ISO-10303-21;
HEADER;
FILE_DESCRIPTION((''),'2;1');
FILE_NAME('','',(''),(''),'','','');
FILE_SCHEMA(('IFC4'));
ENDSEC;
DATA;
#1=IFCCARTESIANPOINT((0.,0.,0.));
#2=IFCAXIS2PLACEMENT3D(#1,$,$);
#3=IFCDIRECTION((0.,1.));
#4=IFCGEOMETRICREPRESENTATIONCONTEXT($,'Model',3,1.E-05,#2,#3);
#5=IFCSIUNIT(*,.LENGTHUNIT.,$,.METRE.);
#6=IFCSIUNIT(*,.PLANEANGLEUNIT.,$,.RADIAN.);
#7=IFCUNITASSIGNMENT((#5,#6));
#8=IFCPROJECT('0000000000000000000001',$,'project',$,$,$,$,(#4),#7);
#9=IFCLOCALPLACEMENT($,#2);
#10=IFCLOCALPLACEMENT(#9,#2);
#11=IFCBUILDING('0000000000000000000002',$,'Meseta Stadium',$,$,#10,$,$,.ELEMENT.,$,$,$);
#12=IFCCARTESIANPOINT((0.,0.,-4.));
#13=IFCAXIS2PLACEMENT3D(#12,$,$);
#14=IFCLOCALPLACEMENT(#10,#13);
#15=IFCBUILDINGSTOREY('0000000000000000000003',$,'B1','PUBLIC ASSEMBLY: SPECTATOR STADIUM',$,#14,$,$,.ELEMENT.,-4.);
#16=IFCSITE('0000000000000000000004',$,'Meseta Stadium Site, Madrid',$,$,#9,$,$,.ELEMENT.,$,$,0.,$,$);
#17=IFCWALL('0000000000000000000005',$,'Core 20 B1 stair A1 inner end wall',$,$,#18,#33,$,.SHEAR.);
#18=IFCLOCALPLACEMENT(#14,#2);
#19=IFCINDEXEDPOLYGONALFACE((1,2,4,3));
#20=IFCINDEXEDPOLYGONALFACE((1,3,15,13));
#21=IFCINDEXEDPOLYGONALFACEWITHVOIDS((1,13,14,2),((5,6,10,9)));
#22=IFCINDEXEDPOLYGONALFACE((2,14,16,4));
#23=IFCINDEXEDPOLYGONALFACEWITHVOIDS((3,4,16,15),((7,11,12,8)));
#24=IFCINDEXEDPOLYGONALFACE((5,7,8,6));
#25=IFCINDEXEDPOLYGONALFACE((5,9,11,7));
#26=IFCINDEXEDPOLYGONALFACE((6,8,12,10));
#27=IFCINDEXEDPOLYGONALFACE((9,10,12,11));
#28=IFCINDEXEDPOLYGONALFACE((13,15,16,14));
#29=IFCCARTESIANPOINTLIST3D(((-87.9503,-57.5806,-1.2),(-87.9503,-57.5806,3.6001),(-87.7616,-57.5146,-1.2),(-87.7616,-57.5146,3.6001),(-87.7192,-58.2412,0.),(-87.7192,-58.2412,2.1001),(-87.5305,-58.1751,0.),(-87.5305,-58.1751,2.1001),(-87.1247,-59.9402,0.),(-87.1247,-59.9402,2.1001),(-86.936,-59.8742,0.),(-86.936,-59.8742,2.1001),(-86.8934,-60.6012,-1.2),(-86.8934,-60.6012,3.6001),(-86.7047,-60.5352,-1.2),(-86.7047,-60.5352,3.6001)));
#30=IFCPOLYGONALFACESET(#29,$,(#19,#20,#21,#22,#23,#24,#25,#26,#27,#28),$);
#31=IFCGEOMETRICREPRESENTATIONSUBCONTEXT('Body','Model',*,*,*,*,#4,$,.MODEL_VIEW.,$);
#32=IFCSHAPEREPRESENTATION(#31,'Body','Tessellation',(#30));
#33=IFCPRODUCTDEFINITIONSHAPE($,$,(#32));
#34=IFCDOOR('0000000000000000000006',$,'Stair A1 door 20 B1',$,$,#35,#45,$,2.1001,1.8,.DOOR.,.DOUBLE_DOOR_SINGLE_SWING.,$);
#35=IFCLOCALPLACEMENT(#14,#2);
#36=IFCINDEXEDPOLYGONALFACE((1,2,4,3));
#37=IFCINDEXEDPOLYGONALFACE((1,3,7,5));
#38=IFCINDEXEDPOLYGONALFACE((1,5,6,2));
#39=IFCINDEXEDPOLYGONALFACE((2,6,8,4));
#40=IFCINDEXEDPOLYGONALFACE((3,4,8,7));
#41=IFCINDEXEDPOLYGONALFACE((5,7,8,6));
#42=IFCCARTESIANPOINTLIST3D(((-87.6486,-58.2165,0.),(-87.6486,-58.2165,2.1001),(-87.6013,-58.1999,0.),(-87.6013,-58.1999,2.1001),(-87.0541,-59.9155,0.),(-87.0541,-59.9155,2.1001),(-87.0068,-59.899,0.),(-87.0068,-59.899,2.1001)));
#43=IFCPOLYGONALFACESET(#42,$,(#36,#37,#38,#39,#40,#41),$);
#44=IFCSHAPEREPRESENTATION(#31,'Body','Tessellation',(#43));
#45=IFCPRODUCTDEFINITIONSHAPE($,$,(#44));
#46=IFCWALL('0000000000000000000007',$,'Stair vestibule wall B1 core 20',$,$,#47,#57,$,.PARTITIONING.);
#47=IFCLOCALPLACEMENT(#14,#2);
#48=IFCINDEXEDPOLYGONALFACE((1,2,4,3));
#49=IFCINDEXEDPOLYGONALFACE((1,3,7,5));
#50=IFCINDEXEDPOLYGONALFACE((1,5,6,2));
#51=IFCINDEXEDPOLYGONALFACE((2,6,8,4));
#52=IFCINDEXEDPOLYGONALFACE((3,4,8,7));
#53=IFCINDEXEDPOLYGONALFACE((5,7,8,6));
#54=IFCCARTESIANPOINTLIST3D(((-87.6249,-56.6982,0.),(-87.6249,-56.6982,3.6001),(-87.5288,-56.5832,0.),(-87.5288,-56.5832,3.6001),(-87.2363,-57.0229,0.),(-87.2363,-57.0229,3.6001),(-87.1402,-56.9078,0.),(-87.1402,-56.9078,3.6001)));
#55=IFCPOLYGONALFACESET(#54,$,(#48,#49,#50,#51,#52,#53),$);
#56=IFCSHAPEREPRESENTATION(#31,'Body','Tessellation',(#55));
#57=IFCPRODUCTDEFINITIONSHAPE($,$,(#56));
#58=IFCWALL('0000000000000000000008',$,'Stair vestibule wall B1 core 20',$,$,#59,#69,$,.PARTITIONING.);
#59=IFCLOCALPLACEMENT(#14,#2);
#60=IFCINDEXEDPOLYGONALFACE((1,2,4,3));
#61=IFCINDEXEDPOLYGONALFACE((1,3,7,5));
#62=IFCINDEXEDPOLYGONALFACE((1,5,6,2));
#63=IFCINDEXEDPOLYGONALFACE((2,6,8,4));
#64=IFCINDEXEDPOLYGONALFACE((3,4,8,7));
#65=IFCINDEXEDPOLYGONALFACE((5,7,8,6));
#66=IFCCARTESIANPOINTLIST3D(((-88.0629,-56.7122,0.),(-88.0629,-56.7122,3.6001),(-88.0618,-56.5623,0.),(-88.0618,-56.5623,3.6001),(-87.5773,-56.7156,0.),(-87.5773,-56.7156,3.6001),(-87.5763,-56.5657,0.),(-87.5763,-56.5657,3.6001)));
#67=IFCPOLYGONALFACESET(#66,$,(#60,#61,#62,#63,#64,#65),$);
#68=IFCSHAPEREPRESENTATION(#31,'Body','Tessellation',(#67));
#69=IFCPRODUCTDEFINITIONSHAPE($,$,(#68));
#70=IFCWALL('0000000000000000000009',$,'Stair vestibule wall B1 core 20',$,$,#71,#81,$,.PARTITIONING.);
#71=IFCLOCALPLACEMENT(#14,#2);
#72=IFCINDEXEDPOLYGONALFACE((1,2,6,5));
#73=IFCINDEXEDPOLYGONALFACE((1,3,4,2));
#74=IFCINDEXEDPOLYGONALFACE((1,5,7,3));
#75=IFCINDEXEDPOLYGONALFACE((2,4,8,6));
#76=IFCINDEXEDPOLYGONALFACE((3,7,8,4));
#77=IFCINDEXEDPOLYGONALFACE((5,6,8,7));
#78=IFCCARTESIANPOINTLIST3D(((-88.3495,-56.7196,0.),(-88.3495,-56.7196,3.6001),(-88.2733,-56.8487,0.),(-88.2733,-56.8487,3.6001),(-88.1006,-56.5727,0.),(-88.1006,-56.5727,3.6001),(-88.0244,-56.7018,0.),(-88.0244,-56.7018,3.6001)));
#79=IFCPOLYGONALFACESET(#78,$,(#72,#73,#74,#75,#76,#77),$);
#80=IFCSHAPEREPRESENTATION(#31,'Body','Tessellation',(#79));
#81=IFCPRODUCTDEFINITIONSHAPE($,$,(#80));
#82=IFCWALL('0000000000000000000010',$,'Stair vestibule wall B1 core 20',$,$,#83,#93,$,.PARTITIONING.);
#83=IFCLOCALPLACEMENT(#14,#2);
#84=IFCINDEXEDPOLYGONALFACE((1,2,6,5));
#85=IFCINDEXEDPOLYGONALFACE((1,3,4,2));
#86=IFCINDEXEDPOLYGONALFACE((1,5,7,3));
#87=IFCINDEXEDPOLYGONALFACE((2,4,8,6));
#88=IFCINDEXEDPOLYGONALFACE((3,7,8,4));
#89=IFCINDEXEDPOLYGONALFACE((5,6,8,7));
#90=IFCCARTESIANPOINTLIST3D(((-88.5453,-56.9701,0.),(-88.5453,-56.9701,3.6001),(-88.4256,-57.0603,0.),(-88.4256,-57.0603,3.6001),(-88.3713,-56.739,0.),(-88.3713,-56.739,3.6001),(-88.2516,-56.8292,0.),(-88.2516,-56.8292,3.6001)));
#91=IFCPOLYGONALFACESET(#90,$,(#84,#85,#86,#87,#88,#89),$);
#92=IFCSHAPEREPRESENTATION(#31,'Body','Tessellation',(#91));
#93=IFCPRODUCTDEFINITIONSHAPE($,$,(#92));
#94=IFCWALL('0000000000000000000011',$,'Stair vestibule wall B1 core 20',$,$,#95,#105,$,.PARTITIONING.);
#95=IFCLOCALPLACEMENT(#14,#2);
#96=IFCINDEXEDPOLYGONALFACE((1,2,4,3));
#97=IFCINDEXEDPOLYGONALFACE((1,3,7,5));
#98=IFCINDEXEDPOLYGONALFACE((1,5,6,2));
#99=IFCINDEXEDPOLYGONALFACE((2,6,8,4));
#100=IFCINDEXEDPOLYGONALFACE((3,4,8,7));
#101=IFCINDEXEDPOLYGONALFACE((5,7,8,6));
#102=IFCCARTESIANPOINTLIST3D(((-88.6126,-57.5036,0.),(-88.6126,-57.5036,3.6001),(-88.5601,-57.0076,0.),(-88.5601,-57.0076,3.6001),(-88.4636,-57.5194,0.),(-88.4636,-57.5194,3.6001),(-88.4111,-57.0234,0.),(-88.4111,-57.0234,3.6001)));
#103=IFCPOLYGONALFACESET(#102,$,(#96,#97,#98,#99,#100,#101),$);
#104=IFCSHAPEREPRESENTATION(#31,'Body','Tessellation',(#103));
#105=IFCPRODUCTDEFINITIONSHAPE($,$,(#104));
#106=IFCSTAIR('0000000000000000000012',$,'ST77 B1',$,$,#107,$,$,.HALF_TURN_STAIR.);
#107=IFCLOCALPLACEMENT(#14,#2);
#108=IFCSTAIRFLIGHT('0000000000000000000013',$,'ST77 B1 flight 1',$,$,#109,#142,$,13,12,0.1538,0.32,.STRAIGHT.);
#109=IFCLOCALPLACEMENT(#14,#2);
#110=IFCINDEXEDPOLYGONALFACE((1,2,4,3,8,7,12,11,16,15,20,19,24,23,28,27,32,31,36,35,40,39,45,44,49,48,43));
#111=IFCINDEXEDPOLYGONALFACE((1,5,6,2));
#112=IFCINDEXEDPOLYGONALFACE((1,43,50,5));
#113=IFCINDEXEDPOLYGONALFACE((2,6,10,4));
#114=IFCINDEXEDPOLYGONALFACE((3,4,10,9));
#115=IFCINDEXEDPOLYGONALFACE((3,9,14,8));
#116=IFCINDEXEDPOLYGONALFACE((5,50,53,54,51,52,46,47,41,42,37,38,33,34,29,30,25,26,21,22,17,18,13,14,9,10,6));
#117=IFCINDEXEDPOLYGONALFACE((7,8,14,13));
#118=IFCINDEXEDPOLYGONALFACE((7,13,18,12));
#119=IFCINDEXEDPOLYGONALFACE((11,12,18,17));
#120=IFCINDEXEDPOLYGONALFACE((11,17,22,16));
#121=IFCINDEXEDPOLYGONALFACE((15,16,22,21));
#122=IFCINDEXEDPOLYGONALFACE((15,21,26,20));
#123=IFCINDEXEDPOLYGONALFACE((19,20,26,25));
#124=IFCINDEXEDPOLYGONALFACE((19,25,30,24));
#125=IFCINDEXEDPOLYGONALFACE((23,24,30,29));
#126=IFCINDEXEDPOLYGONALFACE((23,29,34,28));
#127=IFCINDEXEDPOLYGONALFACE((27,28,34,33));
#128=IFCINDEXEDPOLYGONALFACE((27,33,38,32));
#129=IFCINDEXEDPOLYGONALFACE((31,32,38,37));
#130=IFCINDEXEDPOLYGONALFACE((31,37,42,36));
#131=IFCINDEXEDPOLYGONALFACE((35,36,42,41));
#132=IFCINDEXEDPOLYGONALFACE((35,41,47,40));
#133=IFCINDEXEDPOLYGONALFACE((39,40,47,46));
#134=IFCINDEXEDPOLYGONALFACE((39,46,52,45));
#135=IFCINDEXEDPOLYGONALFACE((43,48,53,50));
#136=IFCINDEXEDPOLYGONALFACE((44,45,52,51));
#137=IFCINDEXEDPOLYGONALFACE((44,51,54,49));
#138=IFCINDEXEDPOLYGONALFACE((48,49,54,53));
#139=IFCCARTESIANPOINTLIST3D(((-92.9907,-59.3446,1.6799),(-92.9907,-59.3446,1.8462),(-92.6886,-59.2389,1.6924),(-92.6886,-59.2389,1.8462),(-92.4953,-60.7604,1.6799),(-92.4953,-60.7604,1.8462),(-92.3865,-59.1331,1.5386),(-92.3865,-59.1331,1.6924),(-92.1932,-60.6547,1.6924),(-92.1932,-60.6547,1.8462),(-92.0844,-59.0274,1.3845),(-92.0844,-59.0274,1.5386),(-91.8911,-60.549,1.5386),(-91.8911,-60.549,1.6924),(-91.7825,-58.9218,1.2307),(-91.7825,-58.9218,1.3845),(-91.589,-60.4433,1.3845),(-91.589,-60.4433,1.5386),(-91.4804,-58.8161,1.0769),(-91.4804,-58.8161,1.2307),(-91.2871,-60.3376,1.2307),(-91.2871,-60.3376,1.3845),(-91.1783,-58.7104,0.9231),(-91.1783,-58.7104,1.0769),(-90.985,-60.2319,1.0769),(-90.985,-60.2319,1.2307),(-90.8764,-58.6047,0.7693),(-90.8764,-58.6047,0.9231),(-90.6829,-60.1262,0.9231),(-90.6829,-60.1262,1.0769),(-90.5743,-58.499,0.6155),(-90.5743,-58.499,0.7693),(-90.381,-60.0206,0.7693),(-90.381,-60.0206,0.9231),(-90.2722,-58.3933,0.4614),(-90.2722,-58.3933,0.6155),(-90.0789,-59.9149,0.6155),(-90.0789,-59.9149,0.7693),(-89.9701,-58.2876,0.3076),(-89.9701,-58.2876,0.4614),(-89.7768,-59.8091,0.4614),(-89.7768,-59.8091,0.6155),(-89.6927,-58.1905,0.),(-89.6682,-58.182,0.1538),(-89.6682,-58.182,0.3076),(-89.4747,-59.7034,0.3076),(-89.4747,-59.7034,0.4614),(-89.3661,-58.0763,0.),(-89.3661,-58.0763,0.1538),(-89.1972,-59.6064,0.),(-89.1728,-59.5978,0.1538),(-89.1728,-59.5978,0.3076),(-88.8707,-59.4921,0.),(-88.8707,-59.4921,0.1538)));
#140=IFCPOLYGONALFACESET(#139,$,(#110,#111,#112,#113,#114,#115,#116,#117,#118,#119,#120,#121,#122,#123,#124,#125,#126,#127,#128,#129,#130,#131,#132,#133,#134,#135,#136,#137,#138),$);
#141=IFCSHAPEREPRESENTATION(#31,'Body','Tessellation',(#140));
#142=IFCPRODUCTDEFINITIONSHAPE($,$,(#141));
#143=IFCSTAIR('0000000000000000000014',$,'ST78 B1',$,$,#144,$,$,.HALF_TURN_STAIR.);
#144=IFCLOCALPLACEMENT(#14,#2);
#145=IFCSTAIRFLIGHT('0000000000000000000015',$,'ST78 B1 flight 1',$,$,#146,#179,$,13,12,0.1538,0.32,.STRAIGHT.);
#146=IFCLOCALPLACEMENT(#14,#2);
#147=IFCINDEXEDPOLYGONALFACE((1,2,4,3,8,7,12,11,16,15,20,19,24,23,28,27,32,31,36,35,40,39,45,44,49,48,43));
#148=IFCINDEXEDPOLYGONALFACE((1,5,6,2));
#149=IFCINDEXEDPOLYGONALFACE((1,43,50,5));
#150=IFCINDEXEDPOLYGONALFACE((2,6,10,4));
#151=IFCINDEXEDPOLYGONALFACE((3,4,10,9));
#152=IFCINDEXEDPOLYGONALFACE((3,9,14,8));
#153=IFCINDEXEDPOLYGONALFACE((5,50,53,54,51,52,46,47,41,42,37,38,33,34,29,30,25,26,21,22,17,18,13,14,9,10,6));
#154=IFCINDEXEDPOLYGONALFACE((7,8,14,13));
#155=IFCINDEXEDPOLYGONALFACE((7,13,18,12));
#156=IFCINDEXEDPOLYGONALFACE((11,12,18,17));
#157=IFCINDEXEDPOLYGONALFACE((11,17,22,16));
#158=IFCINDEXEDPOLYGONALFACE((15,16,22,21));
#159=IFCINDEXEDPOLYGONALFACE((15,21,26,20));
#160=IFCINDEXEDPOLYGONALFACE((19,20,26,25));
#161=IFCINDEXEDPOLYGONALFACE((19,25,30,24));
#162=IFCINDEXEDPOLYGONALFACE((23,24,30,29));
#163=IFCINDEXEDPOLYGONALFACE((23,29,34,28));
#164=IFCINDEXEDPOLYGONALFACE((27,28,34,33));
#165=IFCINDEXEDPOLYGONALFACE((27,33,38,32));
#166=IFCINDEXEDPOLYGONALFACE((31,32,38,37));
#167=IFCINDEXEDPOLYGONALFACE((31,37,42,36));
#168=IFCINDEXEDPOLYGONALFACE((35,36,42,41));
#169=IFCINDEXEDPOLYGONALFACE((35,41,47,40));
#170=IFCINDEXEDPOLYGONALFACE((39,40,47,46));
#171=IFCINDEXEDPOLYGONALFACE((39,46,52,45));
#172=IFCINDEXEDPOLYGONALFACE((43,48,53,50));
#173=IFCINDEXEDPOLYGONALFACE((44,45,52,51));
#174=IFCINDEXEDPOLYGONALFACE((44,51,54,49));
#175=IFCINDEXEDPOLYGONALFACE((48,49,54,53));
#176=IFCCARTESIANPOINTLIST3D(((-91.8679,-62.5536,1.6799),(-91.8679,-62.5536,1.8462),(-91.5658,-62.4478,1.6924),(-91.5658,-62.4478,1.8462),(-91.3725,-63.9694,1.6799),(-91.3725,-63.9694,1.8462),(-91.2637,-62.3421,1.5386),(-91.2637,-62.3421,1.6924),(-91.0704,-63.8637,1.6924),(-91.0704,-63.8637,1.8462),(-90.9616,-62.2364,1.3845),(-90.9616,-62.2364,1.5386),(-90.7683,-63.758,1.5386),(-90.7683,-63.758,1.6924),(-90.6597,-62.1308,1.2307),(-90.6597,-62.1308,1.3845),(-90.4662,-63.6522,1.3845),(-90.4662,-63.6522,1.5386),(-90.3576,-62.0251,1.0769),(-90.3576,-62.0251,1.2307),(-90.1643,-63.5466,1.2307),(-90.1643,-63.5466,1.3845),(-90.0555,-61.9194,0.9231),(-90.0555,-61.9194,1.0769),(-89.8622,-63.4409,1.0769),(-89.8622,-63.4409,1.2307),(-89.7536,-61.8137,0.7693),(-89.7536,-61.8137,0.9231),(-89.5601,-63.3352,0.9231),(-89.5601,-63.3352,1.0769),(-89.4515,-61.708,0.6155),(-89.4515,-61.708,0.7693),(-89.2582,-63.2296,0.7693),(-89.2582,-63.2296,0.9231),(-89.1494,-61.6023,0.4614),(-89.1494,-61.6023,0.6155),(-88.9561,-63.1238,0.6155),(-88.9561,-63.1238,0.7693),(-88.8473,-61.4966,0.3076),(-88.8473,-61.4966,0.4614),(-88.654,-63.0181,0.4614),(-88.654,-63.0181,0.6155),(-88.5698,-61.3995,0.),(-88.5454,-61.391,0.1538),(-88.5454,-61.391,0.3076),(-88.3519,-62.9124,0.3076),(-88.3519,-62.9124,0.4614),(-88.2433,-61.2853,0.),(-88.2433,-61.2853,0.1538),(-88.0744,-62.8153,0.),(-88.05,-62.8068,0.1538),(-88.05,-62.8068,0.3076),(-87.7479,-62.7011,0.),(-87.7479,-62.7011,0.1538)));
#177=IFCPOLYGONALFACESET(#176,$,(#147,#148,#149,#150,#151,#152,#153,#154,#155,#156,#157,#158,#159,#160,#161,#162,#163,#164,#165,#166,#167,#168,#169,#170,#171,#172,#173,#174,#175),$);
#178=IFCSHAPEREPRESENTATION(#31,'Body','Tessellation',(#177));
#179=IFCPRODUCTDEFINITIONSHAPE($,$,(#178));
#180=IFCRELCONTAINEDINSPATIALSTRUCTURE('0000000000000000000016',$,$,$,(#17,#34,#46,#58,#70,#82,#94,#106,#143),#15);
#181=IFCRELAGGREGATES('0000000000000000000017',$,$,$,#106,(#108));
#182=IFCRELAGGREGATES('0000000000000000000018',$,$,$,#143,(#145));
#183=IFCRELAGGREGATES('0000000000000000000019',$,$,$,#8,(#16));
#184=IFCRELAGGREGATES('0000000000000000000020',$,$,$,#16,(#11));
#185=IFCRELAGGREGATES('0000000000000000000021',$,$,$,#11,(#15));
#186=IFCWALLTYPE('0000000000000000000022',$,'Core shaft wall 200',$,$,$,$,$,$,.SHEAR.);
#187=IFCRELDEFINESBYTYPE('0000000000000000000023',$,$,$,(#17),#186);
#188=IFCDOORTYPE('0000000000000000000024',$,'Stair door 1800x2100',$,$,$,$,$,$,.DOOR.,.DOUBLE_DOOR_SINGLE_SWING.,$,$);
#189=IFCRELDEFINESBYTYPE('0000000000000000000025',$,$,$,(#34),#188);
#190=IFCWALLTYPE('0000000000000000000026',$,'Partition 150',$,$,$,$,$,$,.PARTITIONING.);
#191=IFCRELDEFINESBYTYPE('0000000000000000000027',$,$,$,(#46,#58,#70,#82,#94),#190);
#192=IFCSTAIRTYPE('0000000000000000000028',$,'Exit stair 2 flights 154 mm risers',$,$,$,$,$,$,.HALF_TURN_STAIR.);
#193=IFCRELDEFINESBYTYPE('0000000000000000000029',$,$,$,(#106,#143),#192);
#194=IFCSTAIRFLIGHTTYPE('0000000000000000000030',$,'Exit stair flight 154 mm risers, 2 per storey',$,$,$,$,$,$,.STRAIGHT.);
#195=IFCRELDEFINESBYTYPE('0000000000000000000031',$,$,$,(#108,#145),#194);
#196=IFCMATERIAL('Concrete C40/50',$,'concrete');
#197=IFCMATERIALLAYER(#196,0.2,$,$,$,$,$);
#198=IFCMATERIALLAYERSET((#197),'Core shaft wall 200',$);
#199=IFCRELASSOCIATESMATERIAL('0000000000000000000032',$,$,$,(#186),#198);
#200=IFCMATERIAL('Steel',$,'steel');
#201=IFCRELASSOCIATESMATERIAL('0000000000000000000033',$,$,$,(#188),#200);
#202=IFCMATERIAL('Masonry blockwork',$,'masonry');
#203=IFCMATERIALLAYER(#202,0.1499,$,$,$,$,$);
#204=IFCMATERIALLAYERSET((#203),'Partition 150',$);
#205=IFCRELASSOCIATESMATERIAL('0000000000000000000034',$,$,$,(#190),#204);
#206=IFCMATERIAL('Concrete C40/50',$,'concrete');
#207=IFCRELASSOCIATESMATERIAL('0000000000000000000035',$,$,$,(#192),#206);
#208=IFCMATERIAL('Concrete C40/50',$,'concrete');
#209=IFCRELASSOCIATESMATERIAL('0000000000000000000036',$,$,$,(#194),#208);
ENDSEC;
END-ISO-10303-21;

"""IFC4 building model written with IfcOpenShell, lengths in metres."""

from ifc_helpers import new_model, si_unit, direction, frame, frame_2d, origin, place, context, subcontext, project, spatial, polyline, rectangle, outline, extrude, material, layer, layer_set, type_object, element, fill, aggregate, save


model = new_model("IFC4")

# Units and contexts
model_context = context("Model", 3, precision=1e-05, world=origin(), true_north=direction((0.0, 1.0)))
body_context = subcontext(model_context, "Body", "Model", "MODEL_VIEW")
ifc_project = project(units=[si_unit("LENGTHUNIT", "METRE"), si_unit("PLANEANGLEUNIT", "RADIAN")], contexts=[model_context])

# Site, building, storey
site_placement = place(None, origin())
site = spatial("IfcSite", under=ifc_project, at=site_placement, Name="Meseta Stadium Site, Madrid", CompositionType="ELEMENT", RefElevation=0.0)
building_placement = place(site_placement, origin())
building = spatial("IfcBuilding", under=site, at=building_placement, Name="Meseta Stadium", CompositionType="ELEMENT")
storey_placement = place(building_placement, frame((0.0, 0.0, -4.0)))
storey = spatial("IfcBuildingStorey", under=building, at=storey_placement, Name="B1", Description="PUBLIC ASSEMBLY: SPECTATOR STADIUM", CompositionType="ELEMENT", Elevation=-4.0)

# Wall, opening, door
ifc_material_1 = material(Name="Concrete C40/50", Category="concrete")
ifc_layer_1 = layer(ifc_material_1, 0.2)
ifc_layer_set_1 = layer_set([ifc_layer_1], Name="Core shaft wall 200")
wall_type_1 = type_object("IfcWallType", Name="Core shaft wall 200", PredefinedType="SHEAR", material=ifc_layer_set_1)
wall_1_placement = place(storey_placement, frame((-87.856, -57.5476, -1.2), z_axis=(0.0, 0.0, 1.0), x_axis=(0.330269, -0.943887, 0.0)))
wall_1 = element("IfcWall", 1, at=wall_1_placement, inside=storey, type_object=wall_type_1, Name="Core 20 B1 stair A1 inner end wall", PredefinedType="SHEAR", context=body_context, shape_type="SweptSolid", body=[
    extrude(rectangle(XDim=3.2002, YDim=0.2, at=frame_2d((1.6001, 0.0))), origin(), (0.0, 0.0, 1.0), 4.8),
])
opening_placement = place(wall_1_placement, frame((0.7, 0.0, 1.2)))
opening = element("IfcOpeningElement", 2, at=opening_placement, cuts=wall_1, PredefinedType="OPENING", context=body_context, shape_type="SweptSolid", body=[
    extrude(rectangle(XDim=1.8, YDim=2.1001, at=frame_2d((0.8999, 1.05))), frame((0.0, 0.1099, 0.0), z_axis=(0.0, -1.0, 0.0), x_axis=(1.0, 0.0, 0.0)), (0.0, 0.0, 1.0), 0.22),
])
ifc_material_2 = material(Name="Steel", Category="steel")
door_type = type_object("IfcDoorType", Name="Stair door 1800x2100", OperationType="DOUBLE_DOOR_SINGLE_SWING", PredefinedType="DOOR", material=ifc_material_2)
door_placement = place(opening_placement, origin())
door = element("IfcDoor", 3, at=door_placement, inside=storey, type_object=door_type, Name="Stair A1 door 20 B1", OperationType="DOUBLE_DOOR_SINGLE_SWING", OverallHeight=2.1001, OverallWidth=1.8, PredefinedType="DOOR", context=body_context, shape_type="SweptSolid", body=[
    extrude(rectangle(XDim=1.8, YDim=2.1001, at=frame_2d((0.8999, 1.05))), frame((0.0, 0.0249, 0.0), z_axis=(0.0, -1.0, 0.0), x_axis=(1.0, 0.0, 0.0)), (0.0, 0.0, 1.0), 0.05),
])
fill(opening, door)

# Walls
ifc_material_3 = material(Name="Masonry blockwork", Category="masonry")
ifc_layer_2 = layer(ifc_material_3, 0.1499)
ifc_layer_set_2 = layer_set([ifc_layer_2], Name="Partition 150")
wall_type_2 = type_object("IfcWallType", Name="Partition 150", PredefinedType="PARTITIONING", material=ifc_layer_set_2)
wall_2_placement = place(storey_placement, frame((-87.1882, -56.9653, 0.0), z_axis=(0.0, 0.0, 1.0), x_axis=(-0.76743, 0.641132, 0.0)))
element("IfcWall", 4, at=wall_2_placement, inside=storey, type_object=wall_type_2, Name="Stair vestibule wall B1 core 20", PredefinedType="PARTITIONING", context=body_context, shape_type="SweptSolid", body=[
    extrude(rectangle(XDim=0.5063, YDim=0.1499, at=frame_2d((0.2532, 0.0))), origin(), (0.0, 0.0, 1.0), 3.6001),
])
wall_3_placement = place(storey_placement, frame((-87.5769, -56.6406, 0.0), z_axis=(0.0, 0.0, 1.0), x_axis=(-0.999975, 0.007039, 0.0)))
element("IfcWall", 5, at=wall_3_placement, inside=storey, type_object=wall_type_2, Name="Stair vestibule wall B1 core 20", PredefinedType="PARTITIONING", context=body_context, shape_type="SweptSolid", body=[
    extrude(rectangle(XDim=0.4856, YDim=0.1499, at=frame_2d((0.2427, 0.0))), origin(), (0.0, 0.0, 1.0), 3.6001),
])
wall_4_placement = place(storey_placement, frame((-88.0625, -56.6372, 0.0), z_axis=(0.0, 0.0, 1.0), x_axis=(-0.861195, -0.508274, 0.0)))
element("IfcWall", 6, at=wall_4_placement, inside=storey, type_object=wall_type_2, Name="Stair vestibule wall B1 core 20", PredefinedType="PARTITIONING", context=body_context, shape_type="SweptSolid", body=[
    extrude(rectangle(XDim=0.2891, YDim=0.1499, at=frame_2d((0.1445, 0.0))), origin(), (0.0, 0.0, 1.0), 3.6001),
])
wall_5_placement = place(storey_placement, frame((-88.3115, -56.7842, 0.0), z_axis=(0.0, 0.0, 1.0), x_axis=(-0.601484, -0.798885, 0.0)))
element("IfcWall", 7, at=wall_5_placement, inside=storey, type_object=wall_type_2, Name="Stair vestibule wall B1 core 20", PredefinedType="PARTITIONING", context=body_context, shape_type="SweptSolid", body=[
    extrude(rectangle(XDim=0.2893, YDim=0.1499, at=frame_2d((0.1445, 0.0))), origin(), (0.0, 0.0, 1.0), 3.6001),
])
wall_6_placement = place(storey_placement, frame((-88.4856, -57.0154, 0.0), z_axis=(0.0, 0.0, 1.0), x_axis=(-0.10522, -0.994449, 0.0)))
element("IfcWall", 8, at=wall_6_placement, inside=storey, type_object=wall_type_2, Name="Stair vestibule wall B1 core 20", PredefinedType="PARTITIONING", context=body_context, shape_type="SweptSolid", body=[
    extrude(rectangle(XDim=0.4988, YDim=0.1499, at=frame_2d((0.2495, 0.0))), origin(), (0.0, 0.0, 1.0), 3.6001),
])

# Stairs, stair flights
ifc_material_4 = material(Name="Concrete C40/50", Category="concrete")
stair_type = type_object("IfcStairType", Name="Exit stair 2 flights 154 mm risers", PredefinedType="HALF_TURN_STAIR", material=ifc_material_4)
stair_1_placement = place(storey_placement, origin())
stair_1 = element("IfcStair", 9, at=stair_1_placement, inside=storey, type_object=stair_type, Name="ST77 B1", PredefinedType="HALF_TURN_STAIR")
ifc_material_5 = material(Name="Concrete C40/50", Category="concrete")
stair_flight_type = type_object("IfcStairFlightType", Name="Exit stair flight 154 mm risers, 2 per storey", PredefinedType="STRAIGHT", material=ifc_material_5)
stair_flight_1_placement = place(storey_placement, frame((-89.1184, -58.7842, 0.0), z_axis=(0.0, 0.0, 1.0), x_axis=(-0.943883, -0.330279, 0.0)))
stair_flight_1 = element("IfcStairFlight", 10, at=stair_flight_1_placement, type_object=stair_flight_type, Name="ST77 B1 flight 1", NumberOfRisers=13, NumberOfTreads=12, PredefinedType="STRAIGHT", RiserHeight=0.1538, TreadLength=0.32, context=body_context, shape_type="SweptSolid", body=[
    extrude(outline(polyline([(0.0, 0.0), (0.0, 0.1538), (0.3201, 0.1538), (0.3201, 0.3076), (0.6399, 0.3076), (0.6399, 0.4614), (0.96, 0.4614), (0.96, 0.6155), (1.28, 0.6155), (1.28, 0.7693), (1.6001, 0.7693), (1.6001, 0.9231), (1.9199, 0.9231), (1.9199, 1.0769), (2.24, 1.0769), (2.24, 1.2307), (2.5601, 1.2307), (2.5601, 1.3845), (2.8799, 1.3845), (2.8799, 1.5386), (3.2, 1.5386), (3.2, 1.6924), (3.52, 1.6924), (3.52, 1.8462), (3.8401, 1.8462), (3.8401, 1.6799), (0.3459, 0.0), (0.0, 0.0)])), frame((0.0, 0.75, 0.0), z_axis=(0.0, -1.0, 0.0), x_axis=(1.0, 0.0, 0.0)), (0.0, 0.0, 1.0), 1.5),
])
aggregate(stair_1, [stair_flight_1])
stair_2_placement = place(storey_placement, origin())
stair_2 = element("IfcStair", 11, at=stair_2_placement, inside=storey, type_object=stair_type, Name="ST78 B1", PredefinedType="HALF_TURN_STAIR")
stair_flight_2_placement = place(storey_placement, frame((-87.9956, -61.9932, 0.0), z_axis=(0.0, 0.0, 1.0), x_axis=(-0.943883, -0.330279, 0.0)))
stair_flight_2 = element("IfcStairFlight", 12, at=stair_flight_2_placement, type_object=stair_flight_type, Name="ST78 B1 flight 1", NumberOfRisers=13, NumberOfTreads=12, PredefinedType="STRAIGHT", RiserHeight=0.1538, TreadLength=0.32, context=body_context, shape_type="SweptSolid", body=[
    extrude(outline(polyline([(0.0, 0.0), (0.0, 0.1538), (0.3201, 0.1538), (0.3201, 0.3076), (0.6399, 0.3076), (0.6399, 0.4614), (0.96, 0.4614), (0.96, 0.6155), (1.28, 0.6155), (1.28, 0.7693), (1.6001, 0.7693), (1.6001, 0.9231), (1.9199, 0.9231), (1.9199, 1.0769), (2.24, 1.0769), (2.24, 1.2307), (2.5601, 1.2307), (2.5601, 1.3845), (2.8799, 1.3845), (2.8799, 1.5386), (3.2, 1.5386), (3.2, 1.6924), (3.52, 1.6924), (3.52, 1.8462), (3.8401, 1.8462), (3.8401, 1.6799), (0.3459, 0.0), (0.0, 0.0)])), frame((0.0, 0.75, 0.0), z_axis=(0.0, -1.0, 0.0), x_axis=(1.0, 0.0, 0.0)), (0.0, 0.0, 1.0), 1.5),
])
aggregate(stair_2, [stair_flight_2])

save(model, "model.ifc")
